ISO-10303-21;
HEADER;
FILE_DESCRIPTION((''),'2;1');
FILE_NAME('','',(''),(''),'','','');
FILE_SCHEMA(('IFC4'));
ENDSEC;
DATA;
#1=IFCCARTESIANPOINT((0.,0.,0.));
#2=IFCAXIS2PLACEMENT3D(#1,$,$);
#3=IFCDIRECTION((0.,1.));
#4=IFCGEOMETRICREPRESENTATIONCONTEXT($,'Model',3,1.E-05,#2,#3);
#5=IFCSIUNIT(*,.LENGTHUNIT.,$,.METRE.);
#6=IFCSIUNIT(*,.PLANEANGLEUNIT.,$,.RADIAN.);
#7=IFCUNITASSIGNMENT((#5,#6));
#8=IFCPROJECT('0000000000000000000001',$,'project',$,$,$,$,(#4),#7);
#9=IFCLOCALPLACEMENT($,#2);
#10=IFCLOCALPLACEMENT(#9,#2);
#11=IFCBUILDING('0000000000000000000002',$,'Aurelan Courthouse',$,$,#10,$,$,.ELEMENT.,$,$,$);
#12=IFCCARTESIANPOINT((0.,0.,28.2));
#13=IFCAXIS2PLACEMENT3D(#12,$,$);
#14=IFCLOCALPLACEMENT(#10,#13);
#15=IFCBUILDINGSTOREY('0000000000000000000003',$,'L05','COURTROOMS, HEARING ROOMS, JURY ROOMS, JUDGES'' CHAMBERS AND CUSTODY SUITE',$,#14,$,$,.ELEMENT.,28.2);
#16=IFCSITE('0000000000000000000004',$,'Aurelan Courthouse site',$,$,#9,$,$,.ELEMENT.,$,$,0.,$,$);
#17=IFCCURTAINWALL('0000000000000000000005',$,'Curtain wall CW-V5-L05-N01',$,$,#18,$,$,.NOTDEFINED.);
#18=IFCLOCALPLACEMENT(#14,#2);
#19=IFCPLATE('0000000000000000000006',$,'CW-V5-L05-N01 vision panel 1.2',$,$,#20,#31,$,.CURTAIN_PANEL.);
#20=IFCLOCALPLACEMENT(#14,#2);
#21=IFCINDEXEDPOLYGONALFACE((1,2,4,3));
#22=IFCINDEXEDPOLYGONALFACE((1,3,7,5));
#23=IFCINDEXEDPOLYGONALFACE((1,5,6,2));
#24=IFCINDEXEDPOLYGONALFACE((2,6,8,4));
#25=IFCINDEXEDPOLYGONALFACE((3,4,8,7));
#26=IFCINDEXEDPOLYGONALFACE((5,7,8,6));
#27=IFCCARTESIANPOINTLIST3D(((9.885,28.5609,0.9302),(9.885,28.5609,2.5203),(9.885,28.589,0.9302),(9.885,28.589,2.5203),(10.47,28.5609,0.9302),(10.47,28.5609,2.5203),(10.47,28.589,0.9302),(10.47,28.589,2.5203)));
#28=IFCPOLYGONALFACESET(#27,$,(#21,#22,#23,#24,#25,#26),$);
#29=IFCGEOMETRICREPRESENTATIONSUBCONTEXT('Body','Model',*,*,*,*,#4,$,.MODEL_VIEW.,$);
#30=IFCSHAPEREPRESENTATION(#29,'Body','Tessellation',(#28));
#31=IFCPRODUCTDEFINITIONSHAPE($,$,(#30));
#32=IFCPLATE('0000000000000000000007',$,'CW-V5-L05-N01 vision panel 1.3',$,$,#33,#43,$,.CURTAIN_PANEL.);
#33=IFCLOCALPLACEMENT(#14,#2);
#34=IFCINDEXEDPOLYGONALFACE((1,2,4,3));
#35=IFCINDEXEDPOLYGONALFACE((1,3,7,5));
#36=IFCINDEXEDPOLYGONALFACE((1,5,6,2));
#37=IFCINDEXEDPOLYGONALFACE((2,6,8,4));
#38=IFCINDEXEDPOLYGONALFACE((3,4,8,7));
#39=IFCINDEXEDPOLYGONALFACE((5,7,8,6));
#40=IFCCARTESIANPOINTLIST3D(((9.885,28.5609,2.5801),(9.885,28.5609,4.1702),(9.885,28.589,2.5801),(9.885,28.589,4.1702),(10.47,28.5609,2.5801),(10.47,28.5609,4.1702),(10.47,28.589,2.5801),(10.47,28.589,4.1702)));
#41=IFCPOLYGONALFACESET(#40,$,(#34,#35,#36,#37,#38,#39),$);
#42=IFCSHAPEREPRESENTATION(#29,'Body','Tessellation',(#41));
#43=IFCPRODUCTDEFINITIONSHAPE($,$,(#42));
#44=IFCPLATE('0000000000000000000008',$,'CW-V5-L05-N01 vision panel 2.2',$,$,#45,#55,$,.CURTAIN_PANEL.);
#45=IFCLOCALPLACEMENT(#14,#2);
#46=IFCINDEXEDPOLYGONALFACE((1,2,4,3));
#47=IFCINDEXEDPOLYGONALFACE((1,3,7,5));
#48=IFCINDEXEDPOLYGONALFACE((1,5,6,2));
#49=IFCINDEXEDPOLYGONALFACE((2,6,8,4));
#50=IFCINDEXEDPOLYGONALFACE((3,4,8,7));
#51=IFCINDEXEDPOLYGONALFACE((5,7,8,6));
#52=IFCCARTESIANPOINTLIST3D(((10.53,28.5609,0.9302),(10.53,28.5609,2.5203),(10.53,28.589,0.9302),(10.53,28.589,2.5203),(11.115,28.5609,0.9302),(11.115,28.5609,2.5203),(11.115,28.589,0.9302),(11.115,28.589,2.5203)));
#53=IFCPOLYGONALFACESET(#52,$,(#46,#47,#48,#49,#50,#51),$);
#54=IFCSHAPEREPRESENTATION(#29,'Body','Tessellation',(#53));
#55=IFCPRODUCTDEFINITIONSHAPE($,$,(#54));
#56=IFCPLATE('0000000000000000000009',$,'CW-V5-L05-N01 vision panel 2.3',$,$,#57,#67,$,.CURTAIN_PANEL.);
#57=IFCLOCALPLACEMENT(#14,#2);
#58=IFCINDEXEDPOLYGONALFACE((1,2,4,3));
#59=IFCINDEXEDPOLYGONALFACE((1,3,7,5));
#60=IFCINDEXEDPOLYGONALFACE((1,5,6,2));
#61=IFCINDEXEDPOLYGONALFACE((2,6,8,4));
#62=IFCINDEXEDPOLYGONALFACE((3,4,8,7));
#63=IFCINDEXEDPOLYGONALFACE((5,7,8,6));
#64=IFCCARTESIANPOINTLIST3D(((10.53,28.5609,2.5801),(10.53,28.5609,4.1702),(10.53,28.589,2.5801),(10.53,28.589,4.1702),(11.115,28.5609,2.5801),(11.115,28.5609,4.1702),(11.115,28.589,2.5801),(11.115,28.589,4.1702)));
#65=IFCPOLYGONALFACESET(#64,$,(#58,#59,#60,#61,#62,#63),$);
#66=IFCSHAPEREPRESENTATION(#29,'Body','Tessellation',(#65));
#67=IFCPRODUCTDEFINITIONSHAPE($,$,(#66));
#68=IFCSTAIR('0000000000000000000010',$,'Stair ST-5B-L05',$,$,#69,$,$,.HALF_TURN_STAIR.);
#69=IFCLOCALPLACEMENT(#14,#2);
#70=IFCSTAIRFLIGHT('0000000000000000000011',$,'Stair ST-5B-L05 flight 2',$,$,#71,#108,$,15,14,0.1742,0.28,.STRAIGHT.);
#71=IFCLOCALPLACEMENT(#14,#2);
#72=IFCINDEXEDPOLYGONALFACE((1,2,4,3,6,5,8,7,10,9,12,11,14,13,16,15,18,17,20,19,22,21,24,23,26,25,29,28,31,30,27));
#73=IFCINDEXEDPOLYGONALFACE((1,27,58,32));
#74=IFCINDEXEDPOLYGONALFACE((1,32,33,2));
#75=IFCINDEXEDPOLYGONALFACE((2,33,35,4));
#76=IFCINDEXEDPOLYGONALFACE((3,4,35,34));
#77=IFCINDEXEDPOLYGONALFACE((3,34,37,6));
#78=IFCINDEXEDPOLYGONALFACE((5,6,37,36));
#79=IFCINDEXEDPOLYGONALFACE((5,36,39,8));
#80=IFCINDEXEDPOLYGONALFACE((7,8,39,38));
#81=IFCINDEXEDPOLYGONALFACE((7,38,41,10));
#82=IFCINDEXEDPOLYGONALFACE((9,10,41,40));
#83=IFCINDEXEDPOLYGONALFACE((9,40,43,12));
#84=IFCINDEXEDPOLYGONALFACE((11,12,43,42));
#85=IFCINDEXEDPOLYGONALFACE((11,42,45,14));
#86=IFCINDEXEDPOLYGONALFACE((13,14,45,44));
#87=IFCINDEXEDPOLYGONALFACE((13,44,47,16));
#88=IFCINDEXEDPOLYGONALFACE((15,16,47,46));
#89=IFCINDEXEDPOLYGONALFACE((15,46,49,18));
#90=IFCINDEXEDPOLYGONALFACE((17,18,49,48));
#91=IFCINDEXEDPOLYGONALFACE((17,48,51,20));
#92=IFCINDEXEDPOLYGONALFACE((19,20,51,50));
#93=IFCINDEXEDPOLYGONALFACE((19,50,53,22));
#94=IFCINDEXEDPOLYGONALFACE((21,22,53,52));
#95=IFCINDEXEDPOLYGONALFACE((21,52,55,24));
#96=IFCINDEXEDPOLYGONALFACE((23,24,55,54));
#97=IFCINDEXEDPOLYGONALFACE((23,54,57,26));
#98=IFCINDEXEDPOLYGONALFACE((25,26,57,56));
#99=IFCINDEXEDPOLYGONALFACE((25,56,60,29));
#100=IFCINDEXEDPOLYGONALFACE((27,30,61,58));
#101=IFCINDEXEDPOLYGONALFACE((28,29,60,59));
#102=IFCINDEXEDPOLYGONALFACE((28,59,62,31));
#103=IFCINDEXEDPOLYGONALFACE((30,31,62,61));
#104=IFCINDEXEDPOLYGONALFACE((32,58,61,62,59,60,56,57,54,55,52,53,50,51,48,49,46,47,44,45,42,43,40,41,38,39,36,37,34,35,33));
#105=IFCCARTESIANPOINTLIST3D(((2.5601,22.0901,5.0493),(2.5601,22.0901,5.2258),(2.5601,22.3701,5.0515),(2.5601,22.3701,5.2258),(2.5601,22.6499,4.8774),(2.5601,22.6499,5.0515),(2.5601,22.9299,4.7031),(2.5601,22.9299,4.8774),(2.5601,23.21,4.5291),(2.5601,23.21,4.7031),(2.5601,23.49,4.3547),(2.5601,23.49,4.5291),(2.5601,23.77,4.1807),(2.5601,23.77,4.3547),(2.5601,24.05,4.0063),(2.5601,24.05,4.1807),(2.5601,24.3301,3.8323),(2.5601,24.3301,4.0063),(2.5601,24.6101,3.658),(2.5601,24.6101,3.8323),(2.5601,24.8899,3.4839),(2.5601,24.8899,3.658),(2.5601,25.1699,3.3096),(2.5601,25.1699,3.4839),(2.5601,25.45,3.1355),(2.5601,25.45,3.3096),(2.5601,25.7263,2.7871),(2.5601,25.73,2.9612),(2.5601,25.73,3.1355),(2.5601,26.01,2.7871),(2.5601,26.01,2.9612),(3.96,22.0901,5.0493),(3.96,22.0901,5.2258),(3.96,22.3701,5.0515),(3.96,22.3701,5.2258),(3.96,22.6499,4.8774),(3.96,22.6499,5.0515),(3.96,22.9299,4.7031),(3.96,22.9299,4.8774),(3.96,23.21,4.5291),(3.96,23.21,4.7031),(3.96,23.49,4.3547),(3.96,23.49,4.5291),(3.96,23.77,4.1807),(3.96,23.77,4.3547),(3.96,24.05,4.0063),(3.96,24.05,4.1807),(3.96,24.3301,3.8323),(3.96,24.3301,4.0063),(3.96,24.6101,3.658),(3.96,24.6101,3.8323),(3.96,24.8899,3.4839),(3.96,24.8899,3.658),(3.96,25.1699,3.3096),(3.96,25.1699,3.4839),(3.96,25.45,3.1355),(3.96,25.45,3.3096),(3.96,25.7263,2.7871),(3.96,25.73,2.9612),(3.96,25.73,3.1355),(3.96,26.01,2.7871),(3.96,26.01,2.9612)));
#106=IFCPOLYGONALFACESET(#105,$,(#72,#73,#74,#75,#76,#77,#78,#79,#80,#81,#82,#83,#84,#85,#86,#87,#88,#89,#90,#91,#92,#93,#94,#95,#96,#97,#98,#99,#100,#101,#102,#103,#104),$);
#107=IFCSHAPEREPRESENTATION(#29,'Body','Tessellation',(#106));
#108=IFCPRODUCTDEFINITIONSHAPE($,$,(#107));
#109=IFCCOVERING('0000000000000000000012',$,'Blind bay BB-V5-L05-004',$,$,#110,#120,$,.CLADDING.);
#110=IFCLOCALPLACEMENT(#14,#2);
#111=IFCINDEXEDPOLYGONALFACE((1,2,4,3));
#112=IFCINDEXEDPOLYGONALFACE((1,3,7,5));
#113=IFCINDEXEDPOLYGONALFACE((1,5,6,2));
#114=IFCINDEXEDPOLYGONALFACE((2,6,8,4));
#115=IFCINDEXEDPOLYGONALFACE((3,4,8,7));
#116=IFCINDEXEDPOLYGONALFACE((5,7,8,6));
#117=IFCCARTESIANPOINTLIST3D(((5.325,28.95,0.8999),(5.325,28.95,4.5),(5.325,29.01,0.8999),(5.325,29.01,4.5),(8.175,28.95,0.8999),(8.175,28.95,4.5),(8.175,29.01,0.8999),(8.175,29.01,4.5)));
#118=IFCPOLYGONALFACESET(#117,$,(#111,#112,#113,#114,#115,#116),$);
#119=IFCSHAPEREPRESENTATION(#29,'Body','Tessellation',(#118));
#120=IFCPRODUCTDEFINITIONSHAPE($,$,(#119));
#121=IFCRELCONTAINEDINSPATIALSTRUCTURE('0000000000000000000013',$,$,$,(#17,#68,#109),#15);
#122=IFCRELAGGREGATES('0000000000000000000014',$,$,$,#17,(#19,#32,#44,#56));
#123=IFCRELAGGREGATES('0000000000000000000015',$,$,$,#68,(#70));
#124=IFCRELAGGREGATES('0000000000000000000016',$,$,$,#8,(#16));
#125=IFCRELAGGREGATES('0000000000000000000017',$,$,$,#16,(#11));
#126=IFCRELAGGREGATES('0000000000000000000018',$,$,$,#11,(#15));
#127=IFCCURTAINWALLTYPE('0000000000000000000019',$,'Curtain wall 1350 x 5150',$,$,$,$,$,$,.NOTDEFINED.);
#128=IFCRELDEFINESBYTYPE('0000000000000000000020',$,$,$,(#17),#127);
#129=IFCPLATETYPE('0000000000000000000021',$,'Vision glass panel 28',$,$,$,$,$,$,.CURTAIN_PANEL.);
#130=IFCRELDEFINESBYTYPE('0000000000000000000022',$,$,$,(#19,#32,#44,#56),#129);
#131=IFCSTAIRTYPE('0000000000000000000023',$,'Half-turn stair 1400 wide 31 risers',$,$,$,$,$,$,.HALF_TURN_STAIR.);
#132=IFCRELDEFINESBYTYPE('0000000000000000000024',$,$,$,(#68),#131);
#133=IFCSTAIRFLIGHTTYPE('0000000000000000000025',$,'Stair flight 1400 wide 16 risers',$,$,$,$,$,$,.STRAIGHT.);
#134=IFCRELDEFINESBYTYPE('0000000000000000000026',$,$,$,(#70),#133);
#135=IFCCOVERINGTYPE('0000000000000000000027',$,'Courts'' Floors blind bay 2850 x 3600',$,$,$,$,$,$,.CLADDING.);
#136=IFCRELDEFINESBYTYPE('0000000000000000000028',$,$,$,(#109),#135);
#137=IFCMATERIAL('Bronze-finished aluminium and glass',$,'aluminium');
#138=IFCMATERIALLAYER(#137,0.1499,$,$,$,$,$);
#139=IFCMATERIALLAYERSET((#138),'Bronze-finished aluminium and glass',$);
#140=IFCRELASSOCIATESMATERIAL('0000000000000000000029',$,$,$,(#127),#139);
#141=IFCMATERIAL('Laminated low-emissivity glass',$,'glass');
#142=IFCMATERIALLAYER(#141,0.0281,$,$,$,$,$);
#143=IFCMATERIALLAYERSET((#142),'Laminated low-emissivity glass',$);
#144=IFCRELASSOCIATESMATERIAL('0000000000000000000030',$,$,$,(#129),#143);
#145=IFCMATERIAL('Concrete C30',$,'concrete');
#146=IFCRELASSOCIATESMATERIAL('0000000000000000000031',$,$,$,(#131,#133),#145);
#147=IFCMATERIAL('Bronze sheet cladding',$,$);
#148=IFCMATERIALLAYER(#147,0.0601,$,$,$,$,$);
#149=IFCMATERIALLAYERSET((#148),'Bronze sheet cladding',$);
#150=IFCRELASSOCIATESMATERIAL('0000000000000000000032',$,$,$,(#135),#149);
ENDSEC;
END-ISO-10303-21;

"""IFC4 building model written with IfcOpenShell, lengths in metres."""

from ifc_helpers import new_model, si_unit, direction, frame, origin, origin_2d, place, context, subcontext, project, spatial, polyline, rectangle, outline, extrude, material, layer, layer_set, type_object, element, aggregate, save


model = new_model("IFC4")

# Units and contexts
model_context = context("Model", 3, precision=1e-05, world=origin(), true_north=direction((0.0, 1.0)))
body_context = subcontext(model_context, "Body", "Model", "MODEL_VIEW")
ifc_project = project(units=[si_unit("LENGTHUNIT", "METRE"), si_unit("PLANEANGLEUNIT", "RADIAN")], contexts=[model_context])

# Site, building, storey
site_placement = place(None, origin())
site = spatial("IfcSite", under=ifc_project, at=site_placement, Name="Aurelan Courthouse site", CompositionType="ELEMENT", RefElevation=0.0)
building_placement = place(site_placement, origin())
building = spatial("IfcBuilding", under=site, at=building_placement, Name="Aurelan Courthouse", CompositionType="ELEMENT")
storey_placement = place(building_placement, frame((0.0, 0.0, 28.2)))
storey = spatial("IfcBuildingStorey", under=building, at=storey_placement, Name="L05", Description="COURTROOMS, HEARING ROOMS, JURY ROOMS, JUDGES' CHAMBERS AND CUSTODY SUITE", CompositionType="ELEMENT", Elevation=28.2)

# Curtain wall
ifc_material_1 = material(Name="Bronze-finished aluminium and glass", Category="aluminium")
ifc_layer_1 = layer(ifc_material_1, 0.1499)
ifc_layer_set_1 = layer_set([ifc_layer_1], Name="Bronze-finished aluminium and glass")
curtain_wall_type = type_object("IfcCurtainWallType", Name="Curtain wall 1350 x 5150", PredefinedType="NOTDEFINED", material=ifc_layer_set_1)
curtain_wall_1_placement = place(storey_placement, origin())
curtain_wall_1 = element("IfcCurtainWall", 1, at=curtain_wall_1_placement, inside=storey, type_object=curtain_wall_type, Name="Curtain wall CW-V5-L05-N01", PredefinedType="NOTDEFINED")

# Plates
ifc_material_2 = material(Name="Laminated low-emissivity glass", Category="glass")
ifc_layer_2 = layer(ifc_material_2, 0.0281)
ifc_layer_set_2 = layer_set([ifc_layer_2], Name="Laminated low-emissivity glass")
plate_type_1 = type_object("IfcPlateType", Name="Vision glass panel 28", PredefinedType="CURTAIN_PANEL", material=ifc_layer_set_2)
plate_1_placement = place(storey_placement, frame((10.1775, 28.575, 0.9302), z_axis=(0.0, 0.0, 1.0), x_axis=(1.0, 0.0, 0.0)))
plate_1 = element("IfcPlate", 2, at=plate_1_placement, type_object=plate_type_1, Name="CW-V5-L05-N01 vision panel 1.2", PredefinedType="CURTAIN_PANEL", context=body_context, shape_type="SweptSolid", body=[
    extrude(rectangle(XDim=0.585, YDim=0.0281, at=origin_2d()), origin(), (0.0, 0.0, 1.0), 1.5901),
])
plate_2_placement = place(storey_placement, frame((10.1775, 28.575, 2.5801), z_axis=(0.0, 0.0, 1.0), x_axis=(1.0, 0.0, 0.0)))
plate_2 = element("IfcPlate", 3, at=plate_2_placement, type_object=plate_type_1, Name="CW-V5-L05-N01 vision panel 1.3", PredefinedType="CURTAIN_PANEL", context=body_context, shape_type="SweptSolid", body=[
    extrude(rectangle(XDim=0.585, YDim=0.0281, at=origin_2d()), origin(), (0.0, 0.0, 1.0), 1.5901),
])
plate_3_placement = place(storey_placement, frame((10.8225, 28.575, 0.9302), z_axis=(0.0, 0.0, 1.0), x_axis=(1.0, 0.0, 0.0)))
plate_3 = element("IfcPlate", 4, at=plate_3_placement, type_object=plate_type_1, Name="CW-V5-L05-N01 vision panel 2.2", PredefinedType="CURTAIN_PANEL", context=body_context, shape_type="SweptSolid", body=[
    extrude(rectangle(XDim=0.585, YDim=0.0281, at=origin_2d()), origin(), (0.0, 0.0, 1.0), 1.5901),
])
plate_4_placement = place(storey_placement, frame((10.8225, 28.575, 2.5801), z_axis=(0.0, 0.0, 1.0), x_axis=(1.0, 0.0, 0.0)))
plate_4 = element("IfcPlate", 5, at=plate_4_placement, type_object=plate_type_1, Name="CW-V5-L05-N01 vision panel 2.3", PredefinedType="CURTAIN_PANEL", context=body_context, shape_type="SweptSolid", body=[
    extrude(rectangle(XDim=0.585, YDim=0.0281, at=origin_2d()), origin(), (0.0, 0.0, 1.0), 1.5901),
])
aggregate(curtain_wall_1, [plate_1, plate_2, plate_3, plate_4])

# Stair, stair flight
ifc_material_3 = material(Name="Concrete C30", Category="concrete")
stair_type = type_object("IfcStairType", Name="Half-turn stair 1400 wide 31 risers", PredefinedType="HALF_TURN_STAIR", material=ifc_material_3)
stair_placement = place(storey_placement, origin())
stair = element("IfcStair", 6, at=stair_placement, inside=storey, type_object=stair_type, Name="Stair ST-5B-L05", PredefinedType="HALF_TURN_STAIR")
stair_flight_type = type_object("IfcStairFlightType", Name="Stair flight 1400 wide 16 risers", PredefinedType="STRAIGHT", material=ifc_material_3)
stair_flight_placement = place(storey_placement, frame((3.26, 26.01, 2.7871), z_axis=(0.0, 0.0, 1.0), x_axis=(0.0, -1.0, 0.0)))
stair_flight = element("IfcStairFlight", 7, at=stair_flight_placement, type_object=stair_flight_type, Name="Stair ST-5B-L05 flight 2", NumberOfRisers=15, NumberOfTreads=14, PredefinedType="STRAIGHT", RiserHeight=0.1742, TreadLength=0.28, context=body_context, shape_type="SweptSolid", body=[
    extrude(outline(polyline([(0.0, 0.0), (0.0, 0.1741), (0.28, 0.1741), (0.28, 0.3484), (0.5601, 0.3484), (0.5601, 0.5225), (0.8401, 0.5225), (0.8401, 0.6968), (1.1201, 0.6968), (1.1201, 0.8708), (1.3999, 0.8708), (1.3999, 1.0452), (1.6799, 1.0452), (1.6799, 1.2192), (1.96, 1.2192), (1.96, 1.3936), (2.24, 1.3936), (2.24, 1.5676), (2.52, 1.5676), (2.52, 1.7419), (2.8, 1.7419), (2.8, 1.916), (3.0801, 1.916), (3.0801, 2.0903), (3.3601, 2.0903), (3.3601, 2.2644), (3.6399, 2.2644), (3.6399, 2.4387), (3.9199, 2.4387), (3.9199, 2.6128), (3.9199, 2.2622), (0.2837, 0.0), (0.0, 0.0)])), frame((0.0, 0.7, 0.0), z_axis=(0.0, -1.0, 0.0), x_axis=(1.0, 0.0, 0.0)), (0.0, 0.0, 1.0), 1.3999),
])
aggregate(stair, [stair_flight])

# Covering
ifc_material_4 = material(Name="Bronze sheet cladding")
ifc_layer_3 = layer(ifc_material_4, 0.0601)
ifc_layer_set_3 = layer_set([ifc_layer_3], Name="Bronze sheet cladding")
covering_type = type_object("IfcCoveringType", Name="Courts' Floors blind bay 2850 x 3600", PredefinedType="CLADDING", material=ifc_layer_set_3)
covering_placement = place(storey_placement, frame((6.75, 28.98, 0.8999), z_axis=(0.0, 0.0, 1.0), x_axis=(1.0, 0.0, 0.0)))
element("IfcCovering", 8, at=covering_placement, inside=storey, type_object=covering_type, Name="Blind bay BB-V5-L05-004", PredefinedType="CLADDING", context=body_context, shape_type="SweptSolid", body=[
    extrude(rectangle(XDim=2.8501, YDim=0.0601, at=origin_2d()), origin(), (0.0, 0.0, 1.0), 3.6001),
])

save(model, "model.ifc")
